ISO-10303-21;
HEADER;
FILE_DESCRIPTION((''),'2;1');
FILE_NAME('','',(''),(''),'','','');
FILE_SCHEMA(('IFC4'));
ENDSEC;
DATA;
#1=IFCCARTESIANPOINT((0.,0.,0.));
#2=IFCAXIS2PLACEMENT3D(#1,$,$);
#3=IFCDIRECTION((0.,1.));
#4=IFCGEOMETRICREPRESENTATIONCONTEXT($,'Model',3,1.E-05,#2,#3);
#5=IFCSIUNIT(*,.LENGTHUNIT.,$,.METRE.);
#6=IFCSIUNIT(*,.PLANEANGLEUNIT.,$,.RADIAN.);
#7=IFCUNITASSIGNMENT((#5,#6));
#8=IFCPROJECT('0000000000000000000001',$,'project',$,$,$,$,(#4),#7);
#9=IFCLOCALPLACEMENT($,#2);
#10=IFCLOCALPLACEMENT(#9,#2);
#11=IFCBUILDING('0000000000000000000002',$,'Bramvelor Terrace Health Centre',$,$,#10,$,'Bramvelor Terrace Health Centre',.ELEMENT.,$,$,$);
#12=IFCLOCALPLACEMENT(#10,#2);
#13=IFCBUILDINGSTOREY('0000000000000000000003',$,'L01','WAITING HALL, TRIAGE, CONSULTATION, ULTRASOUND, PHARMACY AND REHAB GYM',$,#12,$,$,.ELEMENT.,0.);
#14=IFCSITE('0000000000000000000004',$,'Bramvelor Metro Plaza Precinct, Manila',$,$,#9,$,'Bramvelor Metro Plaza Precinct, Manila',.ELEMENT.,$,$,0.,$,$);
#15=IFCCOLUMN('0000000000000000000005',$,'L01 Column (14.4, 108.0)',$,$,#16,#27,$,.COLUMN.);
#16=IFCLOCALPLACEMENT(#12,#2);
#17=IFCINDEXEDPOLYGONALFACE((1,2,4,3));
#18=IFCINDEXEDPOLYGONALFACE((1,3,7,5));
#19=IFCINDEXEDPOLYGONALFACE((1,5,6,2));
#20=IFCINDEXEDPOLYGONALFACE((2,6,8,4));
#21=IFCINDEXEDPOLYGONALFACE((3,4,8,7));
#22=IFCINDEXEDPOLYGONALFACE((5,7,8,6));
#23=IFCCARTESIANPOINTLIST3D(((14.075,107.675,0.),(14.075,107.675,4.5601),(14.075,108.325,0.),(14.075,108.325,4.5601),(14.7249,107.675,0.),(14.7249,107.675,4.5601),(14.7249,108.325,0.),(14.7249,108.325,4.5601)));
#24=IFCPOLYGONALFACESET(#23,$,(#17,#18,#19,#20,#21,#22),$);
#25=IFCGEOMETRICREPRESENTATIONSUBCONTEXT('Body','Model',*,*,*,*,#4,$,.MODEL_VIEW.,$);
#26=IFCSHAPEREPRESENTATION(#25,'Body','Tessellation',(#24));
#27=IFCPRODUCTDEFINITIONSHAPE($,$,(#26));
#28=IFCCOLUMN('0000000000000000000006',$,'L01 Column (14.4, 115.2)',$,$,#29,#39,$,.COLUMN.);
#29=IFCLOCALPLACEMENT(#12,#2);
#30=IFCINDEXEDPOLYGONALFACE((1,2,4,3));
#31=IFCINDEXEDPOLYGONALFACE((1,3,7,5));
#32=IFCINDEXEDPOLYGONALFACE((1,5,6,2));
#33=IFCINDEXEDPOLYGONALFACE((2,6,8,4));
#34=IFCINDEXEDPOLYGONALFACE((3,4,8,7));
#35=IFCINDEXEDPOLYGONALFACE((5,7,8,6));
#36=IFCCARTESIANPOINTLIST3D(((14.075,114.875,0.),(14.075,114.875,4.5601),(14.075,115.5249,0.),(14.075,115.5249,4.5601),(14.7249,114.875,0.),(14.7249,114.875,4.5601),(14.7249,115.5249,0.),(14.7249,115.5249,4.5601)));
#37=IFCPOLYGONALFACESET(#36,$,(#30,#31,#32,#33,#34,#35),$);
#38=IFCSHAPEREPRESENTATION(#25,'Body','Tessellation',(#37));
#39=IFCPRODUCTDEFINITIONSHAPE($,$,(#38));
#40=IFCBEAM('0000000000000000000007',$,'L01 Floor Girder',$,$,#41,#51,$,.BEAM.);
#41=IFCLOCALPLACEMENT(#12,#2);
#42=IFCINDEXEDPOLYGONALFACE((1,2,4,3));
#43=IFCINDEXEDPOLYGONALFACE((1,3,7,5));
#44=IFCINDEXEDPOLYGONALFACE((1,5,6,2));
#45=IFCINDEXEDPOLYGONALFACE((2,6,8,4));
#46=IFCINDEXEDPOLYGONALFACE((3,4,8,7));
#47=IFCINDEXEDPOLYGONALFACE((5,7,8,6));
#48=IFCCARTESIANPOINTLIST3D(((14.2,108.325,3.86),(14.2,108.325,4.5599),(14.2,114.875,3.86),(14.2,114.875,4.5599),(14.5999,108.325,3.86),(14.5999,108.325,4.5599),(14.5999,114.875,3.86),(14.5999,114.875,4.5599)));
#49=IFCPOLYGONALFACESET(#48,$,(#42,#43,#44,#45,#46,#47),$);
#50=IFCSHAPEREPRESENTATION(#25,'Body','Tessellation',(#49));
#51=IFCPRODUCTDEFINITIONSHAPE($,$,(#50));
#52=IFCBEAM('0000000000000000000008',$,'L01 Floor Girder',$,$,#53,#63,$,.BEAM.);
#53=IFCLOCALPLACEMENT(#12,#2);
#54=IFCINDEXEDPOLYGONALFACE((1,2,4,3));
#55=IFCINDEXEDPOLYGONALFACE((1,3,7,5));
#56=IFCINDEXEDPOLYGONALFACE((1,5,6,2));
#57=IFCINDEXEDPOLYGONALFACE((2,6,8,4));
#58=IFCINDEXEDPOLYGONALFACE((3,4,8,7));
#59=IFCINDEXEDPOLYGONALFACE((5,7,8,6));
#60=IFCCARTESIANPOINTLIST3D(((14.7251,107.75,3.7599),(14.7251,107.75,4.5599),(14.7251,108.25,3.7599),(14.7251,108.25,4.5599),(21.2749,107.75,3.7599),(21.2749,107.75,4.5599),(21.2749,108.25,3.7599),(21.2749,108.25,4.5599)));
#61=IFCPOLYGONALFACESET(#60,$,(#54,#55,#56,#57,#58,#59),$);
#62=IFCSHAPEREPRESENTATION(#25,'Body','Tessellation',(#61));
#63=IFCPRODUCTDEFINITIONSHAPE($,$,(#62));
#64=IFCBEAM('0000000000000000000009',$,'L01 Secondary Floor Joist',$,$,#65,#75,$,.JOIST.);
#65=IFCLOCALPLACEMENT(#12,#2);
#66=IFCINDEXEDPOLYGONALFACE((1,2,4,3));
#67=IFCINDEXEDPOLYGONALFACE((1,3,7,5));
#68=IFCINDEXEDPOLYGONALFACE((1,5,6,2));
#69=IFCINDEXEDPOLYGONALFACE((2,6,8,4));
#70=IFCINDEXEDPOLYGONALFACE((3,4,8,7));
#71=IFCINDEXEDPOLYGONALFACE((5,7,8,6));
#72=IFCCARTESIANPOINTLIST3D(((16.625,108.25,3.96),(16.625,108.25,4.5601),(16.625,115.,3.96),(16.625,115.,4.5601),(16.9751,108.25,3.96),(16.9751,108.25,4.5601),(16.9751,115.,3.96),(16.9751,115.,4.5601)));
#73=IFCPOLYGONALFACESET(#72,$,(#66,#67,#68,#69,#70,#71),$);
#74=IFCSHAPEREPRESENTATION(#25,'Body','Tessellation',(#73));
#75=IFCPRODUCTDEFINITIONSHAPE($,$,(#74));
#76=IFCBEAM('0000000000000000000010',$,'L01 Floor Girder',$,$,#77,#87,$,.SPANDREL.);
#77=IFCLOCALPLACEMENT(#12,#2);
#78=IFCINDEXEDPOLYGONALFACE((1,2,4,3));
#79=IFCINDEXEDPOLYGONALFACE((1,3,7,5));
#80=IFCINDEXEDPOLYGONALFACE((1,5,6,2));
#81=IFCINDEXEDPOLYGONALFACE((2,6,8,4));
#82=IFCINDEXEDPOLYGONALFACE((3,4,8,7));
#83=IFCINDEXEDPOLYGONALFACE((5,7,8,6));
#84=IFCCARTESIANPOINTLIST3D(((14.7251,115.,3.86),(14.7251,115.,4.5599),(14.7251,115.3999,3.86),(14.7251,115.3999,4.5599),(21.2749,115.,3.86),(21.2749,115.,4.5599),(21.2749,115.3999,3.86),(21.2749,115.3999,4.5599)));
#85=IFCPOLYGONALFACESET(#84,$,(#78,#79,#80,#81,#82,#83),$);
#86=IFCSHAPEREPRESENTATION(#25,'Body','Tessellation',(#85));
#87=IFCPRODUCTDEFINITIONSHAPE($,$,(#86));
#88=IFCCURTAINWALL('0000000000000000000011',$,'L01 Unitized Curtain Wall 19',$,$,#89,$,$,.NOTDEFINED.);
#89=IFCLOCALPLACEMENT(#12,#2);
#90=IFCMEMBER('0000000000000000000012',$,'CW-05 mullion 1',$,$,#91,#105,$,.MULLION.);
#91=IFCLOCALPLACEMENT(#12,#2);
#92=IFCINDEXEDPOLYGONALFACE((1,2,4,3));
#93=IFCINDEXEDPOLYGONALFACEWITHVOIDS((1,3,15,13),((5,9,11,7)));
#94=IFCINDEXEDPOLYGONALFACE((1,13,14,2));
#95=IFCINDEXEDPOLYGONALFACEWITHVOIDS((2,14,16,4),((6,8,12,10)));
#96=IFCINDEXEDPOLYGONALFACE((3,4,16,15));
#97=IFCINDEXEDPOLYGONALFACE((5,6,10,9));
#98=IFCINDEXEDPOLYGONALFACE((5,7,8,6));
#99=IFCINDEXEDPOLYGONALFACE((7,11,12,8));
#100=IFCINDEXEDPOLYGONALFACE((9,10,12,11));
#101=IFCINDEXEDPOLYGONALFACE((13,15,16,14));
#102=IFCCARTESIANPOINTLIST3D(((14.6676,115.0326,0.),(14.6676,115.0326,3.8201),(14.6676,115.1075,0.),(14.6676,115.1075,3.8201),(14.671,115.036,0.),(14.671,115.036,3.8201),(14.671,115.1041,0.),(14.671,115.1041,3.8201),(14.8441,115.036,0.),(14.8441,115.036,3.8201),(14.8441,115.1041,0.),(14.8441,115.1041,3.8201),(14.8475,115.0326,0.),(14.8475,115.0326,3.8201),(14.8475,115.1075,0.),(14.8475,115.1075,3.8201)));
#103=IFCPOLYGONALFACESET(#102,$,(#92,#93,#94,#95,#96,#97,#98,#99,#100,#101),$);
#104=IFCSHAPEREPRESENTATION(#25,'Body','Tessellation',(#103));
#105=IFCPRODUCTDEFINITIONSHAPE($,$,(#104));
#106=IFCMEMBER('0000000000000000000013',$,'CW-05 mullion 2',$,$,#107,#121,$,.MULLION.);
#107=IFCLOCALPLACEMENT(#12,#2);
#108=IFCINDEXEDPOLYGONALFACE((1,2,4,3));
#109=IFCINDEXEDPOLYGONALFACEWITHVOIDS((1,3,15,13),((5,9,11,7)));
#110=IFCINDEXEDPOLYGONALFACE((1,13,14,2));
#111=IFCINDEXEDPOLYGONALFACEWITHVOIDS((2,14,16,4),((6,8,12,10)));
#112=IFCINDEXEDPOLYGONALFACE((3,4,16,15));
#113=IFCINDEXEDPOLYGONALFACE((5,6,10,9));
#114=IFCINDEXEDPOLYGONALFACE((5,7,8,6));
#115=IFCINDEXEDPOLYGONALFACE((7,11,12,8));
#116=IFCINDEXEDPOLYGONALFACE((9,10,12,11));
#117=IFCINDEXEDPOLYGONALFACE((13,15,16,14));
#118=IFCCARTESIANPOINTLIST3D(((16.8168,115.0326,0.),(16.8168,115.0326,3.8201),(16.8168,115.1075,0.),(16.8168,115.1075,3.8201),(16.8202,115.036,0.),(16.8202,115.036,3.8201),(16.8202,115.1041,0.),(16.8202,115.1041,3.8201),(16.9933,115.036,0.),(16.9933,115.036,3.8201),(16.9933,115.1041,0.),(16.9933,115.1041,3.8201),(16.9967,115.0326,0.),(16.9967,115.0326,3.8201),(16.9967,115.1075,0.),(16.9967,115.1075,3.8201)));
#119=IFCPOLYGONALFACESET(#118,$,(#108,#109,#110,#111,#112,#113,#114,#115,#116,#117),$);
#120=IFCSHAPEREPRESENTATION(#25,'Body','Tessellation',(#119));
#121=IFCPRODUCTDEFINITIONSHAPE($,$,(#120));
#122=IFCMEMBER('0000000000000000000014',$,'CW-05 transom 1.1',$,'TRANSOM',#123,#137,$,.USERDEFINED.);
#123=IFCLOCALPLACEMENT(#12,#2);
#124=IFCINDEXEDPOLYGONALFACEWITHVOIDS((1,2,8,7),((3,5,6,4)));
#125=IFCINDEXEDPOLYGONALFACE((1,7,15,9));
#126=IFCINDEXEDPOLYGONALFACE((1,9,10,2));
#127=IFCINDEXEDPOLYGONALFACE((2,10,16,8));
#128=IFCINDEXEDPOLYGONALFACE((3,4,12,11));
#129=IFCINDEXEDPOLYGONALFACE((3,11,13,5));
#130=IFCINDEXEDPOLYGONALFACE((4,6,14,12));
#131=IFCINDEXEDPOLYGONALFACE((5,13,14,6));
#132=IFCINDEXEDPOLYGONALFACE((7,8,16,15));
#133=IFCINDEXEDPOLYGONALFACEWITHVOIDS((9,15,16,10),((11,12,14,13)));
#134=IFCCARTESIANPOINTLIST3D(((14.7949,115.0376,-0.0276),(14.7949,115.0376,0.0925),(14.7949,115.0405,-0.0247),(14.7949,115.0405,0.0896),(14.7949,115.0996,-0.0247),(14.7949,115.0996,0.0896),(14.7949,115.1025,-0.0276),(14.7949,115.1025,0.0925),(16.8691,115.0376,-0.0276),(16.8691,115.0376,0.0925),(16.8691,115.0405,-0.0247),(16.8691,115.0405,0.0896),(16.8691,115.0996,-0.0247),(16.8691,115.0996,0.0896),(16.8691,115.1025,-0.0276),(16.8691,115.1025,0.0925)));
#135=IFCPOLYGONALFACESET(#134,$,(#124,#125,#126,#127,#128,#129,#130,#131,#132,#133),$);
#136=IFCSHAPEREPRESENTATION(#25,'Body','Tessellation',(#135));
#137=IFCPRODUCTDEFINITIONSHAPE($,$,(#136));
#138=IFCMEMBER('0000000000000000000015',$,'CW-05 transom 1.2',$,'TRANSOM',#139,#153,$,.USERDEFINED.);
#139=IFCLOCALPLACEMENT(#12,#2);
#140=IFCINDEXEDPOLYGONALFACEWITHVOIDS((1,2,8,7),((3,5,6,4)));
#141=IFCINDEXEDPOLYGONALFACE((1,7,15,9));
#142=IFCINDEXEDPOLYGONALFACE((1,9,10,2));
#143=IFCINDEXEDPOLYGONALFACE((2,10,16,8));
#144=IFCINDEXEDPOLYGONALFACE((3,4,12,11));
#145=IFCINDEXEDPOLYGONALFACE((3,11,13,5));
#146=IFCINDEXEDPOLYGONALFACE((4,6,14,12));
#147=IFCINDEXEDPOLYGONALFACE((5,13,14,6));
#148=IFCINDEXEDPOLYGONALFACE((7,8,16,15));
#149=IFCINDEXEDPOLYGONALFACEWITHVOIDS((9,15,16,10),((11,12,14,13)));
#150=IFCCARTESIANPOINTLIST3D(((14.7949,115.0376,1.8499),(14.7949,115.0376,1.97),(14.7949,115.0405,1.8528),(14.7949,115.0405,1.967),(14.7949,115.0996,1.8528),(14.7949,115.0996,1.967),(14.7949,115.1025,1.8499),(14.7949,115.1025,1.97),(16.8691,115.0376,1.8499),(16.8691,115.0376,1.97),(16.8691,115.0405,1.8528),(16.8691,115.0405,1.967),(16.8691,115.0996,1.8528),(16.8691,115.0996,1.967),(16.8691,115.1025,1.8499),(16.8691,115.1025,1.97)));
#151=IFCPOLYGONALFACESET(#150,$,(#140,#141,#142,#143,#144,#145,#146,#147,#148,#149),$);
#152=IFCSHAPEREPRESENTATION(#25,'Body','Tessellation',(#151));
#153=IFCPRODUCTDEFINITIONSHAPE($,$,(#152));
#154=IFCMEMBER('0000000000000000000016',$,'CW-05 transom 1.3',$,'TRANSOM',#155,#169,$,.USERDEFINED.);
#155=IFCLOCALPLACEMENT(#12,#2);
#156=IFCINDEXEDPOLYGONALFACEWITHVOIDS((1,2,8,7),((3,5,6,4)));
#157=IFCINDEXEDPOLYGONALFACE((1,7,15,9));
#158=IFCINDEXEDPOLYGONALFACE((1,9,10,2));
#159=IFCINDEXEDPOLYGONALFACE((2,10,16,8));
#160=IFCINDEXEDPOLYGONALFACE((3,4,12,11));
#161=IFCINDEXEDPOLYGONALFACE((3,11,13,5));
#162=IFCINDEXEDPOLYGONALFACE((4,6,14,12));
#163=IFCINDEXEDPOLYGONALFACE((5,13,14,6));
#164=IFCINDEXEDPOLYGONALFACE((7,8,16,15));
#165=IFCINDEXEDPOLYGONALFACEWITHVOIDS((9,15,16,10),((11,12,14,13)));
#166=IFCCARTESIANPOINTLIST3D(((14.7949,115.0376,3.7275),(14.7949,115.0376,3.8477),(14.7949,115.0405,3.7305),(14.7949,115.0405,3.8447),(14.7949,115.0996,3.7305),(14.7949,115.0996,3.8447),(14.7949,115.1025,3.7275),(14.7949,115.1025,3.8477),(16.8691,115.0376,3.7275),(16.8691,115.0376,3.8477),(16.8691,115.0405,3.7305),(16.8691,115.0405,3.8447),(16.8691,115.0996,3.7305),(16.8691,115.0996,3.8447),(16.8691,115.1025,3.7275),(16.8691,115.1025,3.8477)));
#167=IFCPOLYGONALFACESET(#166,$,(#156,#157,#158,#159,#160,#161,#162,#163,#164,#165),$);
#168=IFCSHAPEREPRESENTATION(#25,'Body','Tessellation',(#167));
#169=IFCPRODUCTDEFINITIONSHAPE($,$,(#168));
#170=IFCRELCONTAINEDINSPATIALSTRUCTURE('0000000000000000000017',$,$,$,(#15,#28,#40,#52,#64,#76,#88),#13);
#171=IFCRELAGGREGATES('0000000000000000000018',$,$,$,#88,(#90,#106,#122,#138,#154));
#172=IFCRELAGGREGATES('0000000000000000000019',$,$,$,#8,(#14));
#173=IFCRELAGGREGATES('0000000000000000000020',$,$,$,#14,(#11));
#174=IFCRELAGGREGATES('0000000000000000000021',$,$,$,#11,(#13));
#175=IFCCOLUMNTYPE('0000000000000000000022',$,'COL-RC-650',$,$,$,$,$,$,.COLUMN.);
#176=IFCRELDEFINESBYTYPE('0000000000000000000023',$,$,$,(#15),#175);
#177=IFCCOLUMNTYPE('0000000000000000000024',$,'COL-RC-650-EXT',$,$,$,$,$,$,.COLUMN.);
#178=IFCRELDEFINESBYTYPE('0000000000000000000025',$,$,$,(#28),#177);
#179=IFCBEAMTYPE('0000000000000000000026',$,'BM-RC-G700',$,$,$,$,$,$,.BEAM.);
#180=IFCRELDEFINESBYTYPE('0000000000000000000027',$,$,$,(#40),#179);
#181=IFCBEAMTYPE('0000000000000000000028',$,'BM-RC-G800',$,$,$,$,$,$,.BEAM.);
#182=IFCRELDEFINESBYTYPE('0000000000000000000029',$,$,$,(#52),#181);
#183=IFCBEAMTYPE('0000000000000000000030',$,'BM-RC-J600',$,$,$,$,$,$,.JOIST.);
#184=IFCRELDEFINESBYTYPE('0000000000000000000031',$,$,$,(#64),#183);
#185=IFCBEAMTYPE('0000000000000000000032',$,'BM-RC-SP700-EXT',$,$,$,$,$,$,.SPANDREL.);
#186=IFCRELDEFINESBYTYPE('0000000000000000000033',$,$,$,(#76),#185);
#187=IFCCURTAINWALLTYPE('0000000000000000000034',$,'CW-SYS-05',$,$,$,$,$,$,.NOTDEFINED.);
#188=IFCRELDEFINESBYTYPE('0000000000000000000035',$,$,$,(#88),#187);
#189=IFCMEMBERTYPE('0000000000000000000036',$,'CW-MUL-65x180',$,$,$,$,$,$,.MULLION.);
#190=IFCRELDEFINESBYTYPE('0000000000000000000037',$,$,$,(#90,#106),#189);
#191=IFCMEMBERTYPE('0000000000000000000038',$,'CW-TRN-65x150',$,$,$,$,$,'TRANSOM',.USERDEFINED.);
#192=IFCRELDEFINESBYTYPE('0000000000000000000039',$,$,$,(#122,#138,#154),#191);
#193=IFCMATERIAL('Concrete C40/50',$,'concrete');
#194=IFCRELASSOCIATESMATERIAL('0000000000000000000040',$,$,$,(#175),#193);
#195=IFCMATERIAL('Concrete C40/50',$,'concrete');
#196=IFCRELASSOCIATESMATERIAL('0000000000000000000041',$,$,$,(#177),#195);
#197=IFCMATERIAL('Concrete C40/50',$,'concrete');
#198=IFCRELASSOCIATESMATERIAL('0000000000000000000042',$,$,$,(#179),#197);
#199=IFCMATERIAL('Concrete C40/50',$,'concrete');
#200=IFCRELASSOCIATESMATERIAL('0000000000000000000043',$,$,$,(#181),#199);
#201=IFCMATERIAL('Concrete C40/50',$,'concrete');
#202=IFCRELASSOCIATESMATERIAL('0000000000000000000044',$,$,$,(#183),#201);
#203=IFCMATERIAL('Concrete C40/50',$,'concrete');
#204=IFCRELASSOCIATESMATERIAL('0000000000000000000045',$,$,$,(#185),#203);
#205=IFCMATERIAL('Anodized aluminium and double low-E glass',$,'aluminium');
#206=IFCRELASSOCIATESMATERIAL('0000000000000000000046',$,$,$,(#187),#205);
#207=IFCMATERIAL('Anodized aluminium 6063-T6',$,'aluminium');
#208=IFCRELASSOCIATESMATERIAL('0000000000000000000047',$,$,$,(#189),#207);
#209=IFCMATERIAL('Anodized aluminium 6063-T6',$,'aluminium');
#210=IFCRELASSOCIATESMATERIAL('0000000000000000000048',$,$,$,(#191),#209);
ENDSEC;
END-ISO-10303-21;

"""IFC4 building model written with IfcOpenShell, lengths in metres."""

from ifc_helpers import new_model, si_unit, direction, frame, origin, origin_2d, place, context, subcontext, project, spatial, rectangle, hollow_rectangle, extrude, material, material_profile, profile_set, type_object, element, aggregate, save


model = new_model("IFC4")

# Units and contexts
model_context = context("Model", 3, precision=1e-05, world=origin(), true_north=direction((0.0, 1.0)))
body_context = subcontext(model_context, "Body", "Model", "MODEL_VIEW")
ifc_project = project(units=[si_unit("LENGTHUNIT", "METRE"), si_unit("PLANEANGLEUNIT", "RADIAN")], contexts=[model_context])

# Site, building, storey
site_placement = place(None, origin())
site = spatial("IfcSite", under=ifc_project, at=site_placement, Name="Bramvelor Metro Plaza Precinct, Manila", LongName="Bramvelor Metro Plaza Precinct, Manila", CompositionType="ELEMENT", RefElevation=0.0)
building_placement = place(site_placement, origin())
building = spatial("IfcBuilding", under=site, at=building_placement, Name="Bramvelor Terrace Health Centre", LongName="Bramvelor Terrace Health Centre", CompositionType="ELEMENT")
storey_placement = place(building_placement, origin())
storey = spatial("IfcBuildingStorey", under=building, at=storey_placement, Name="L01", Description="WAITING HALL, TRIAGE, CONSULTATION, ULTRASOUND, PHARMACY AND REHAB GYM", CompositionType="ELEMENT", Elevation=0.0)

# Columns
ifc_material_1 = material(Name="Concrete C40/50", Category="concrete")
ifc_material_profile_1 = material_profile(ifc_material_1, rectangle(XDim=0.6499, YDim=0.6499, at=origin_2d()), Name="RC 650x650")
ifc_profile_set_1 = profile_set([ifc_material_profile_1], Name="Concrete C40/50")
column_type_1 = type_object("IfcColumnType", Name="COL-RC-650", PredefinedType="COLUMN", material=ifc_profile_set_1)
column_1_placement = place(storey_placement, frame((14.3999, 108.0, 0.0), z_axis=(0.0, 0.0, 1.0), x_axis=(1.0, 0.0, 0.0)))
element("IfcColumn", 1, at=column_1_placement, inside=storey, type_object=column_type_1, Name="L01 Column (14.4, 108.0)", PredefinedType="COLUMN", context=body_context, shape_type="SweptSolid", body=[
    extrude(rectangle(XDim=0.6499, YDim=0.6499, at=origin_2d()), origin(), (0.0, 0.0, 1.0), 4.5601),
])
ifc_material_2 = material(Name="Concrete C40/50", Category="concrete")
ifc_material_profile_2 = material_profile(ifc_material_2, rectangle(XDim=0.6499, YDim=0.6499, at=origin_2d()), Name="RC 650x650")
ifc_profile_set_2 = profile_set([ifc_material_profile_2], Name="Concrete C40/50")
column_type_2 = type_object("IfcColumnType", Name="COL-RC-650-EXT", PredefinedType="COLUMN", material=ifc_profile_set_2)
column_2_placement = place(storey_placement, frame((14.3999, 115.2, 0.0), z_axis=(0.0, 0.0, 1.0), x_axis=(1.0, 0.0, 0.0)))
element("IfcColumn", 2, at=column_2_placement, inside=storey, type_object=column_type_2, Name="L01 Column (14.4, 115.2)", PredefinedType="COLUMN", context=body_context, shape_type="SweptSolid", body=[
    extrude(rectangle(XDim=0.6499, YDim=0.6499, at=origin_2d()), origin(), (0.0, 0.0, 1.0), 4.5601),
])

# Beams
ifc_material_3 = material(Name="Concrete C40/50", Category="concrete")
ifc_material_profile_3 = material_profile(ifc_material_3, rectangle(XDim=0.3999, YDim=0.7, at=origin_2d()), Name="RC 400x700")
ifc_profile_set_3 = profile_set([ifc_material_profile_3], Name="Concrete C40/50")
beam_type_1 = type_object("IfcBeamType", Name="BM-RC-G700", PredefinedType="BEAM", material=ifc_profile_set_3)
beam_1_placement = place(storey_placement, frame((14.3999, 108.325, 4.21), z_axis=(0.0, 1.0, 0.0), x_axis=(-1.0, 0.0, 0.0)))
element("IfcBeam", 3, at=beam_1_placement, inside=storey, type_object=beam_type_1, Name="L01 Floor Girder", PredefinedType="BEAM", context=body_context, shape_type="SweptSolid", body=[
    extrude(rectangle(XDim=0.3999, YDim=0.7, at=origin_2d()), origin(), (0.0, 0.0, 1.0), 6.55),
])
ifc_material_4 = material(Name="Concrete C40/50", Category="concrete")
ifc_material_profile_4 = material_profile(ifc_material_4, rectangle(XDim=0.5, YDim=0.8, at=origin_2d()), Name="RC 500x800")
ifc_profile_set_4 = profile_set([ifc_material_profile_4], Name="Concrete C40/50")
beam_type_2 = type_object("IfcBeamType", Name="BM-RC-G800", PredefinedType="BEAM", material=ifc_profile_set_4)
beam_2_placement = place(storey_placement, frame((14.7251, 108.0, 4.1599), z_axis=(1.0, 0.0, 0.0), x_axis=(0.0, 1.0, 0.0)))
element("IfcBeam", 4, at=beam_2_placement, inside=storey, type_object=beam_type_2, Name="L01 Floor Girder", PredefinedType="BEAM", context=body_context, shape_type="SweptSolid", body=[
    extrude(rectangle(XDim=0.5, YDim=0.8, at=origin_2d()), origin(), (0.0, 0.0, 1.0), 6.5498),
])
ifc_material_5 = material(Name="Concrete C40/50", Category="concrete")
ifc_material_profile_5 = material_profile(ifc_material_5, rectangle(XDim=0.3501, YDim=0.6001, at=origin_2d()), Name="RC 350x600")
ifc_profile_set_5 = profile_set([ifc_material_profile_5], Name="Concrete C40/50")
beam_type_3 = type_object("IfcBeamType", Name="BM-RC-J600", PredefinedType="JOIST", material=ifc_profile_set_5)
beam_3_placement = place(storey_placement, frame((16.8, 108.25, 4.26), z_axis=(0.0, 1.0, 0.0), x_axis=(-1.0, 0.0, 0.0)))
element("IfcBeam", 5, at=beam_3_placement, inside=storey, type_object=beam_type_3, Name="L01 Secondary Floor Joist", PredefinedType="JOIST", context=body_context, shape_type="SweptSolid", body=[
    extrude(rectangle(XDim=0.3501, YDim=0.6001, at=origin_2d()), origin(), (0.0, 0.0, 1.0), 6.75),
])
ifc_material_6 = material(Name="Concrete C40/50", Category="concrete")
ifc_material_profile_6 = material_profile(ifc_material_6, rectangle(XDim=0.3999, YDim=0.7, at=origin_2d()), Name="RC 400x700")
ifc_profile_set_6 = profile_set([ifc_material_profile_6], Name="Concrete C40/50")
beam_type_4 = type_object("IfcBeamType", Name="BM-RC-SP700-EXT", PredefinedType="SPANDREL", material=ifc_profile_set_6)
beam_4_placement = place(storey_placement, frame((14.7251, 115.2, 4.21), z_axis=(1.0, 0.0, 0.0), x_axis=(0.0, 1.0, 0.0)))
element("IfcBeam", 6, at=beam_4_placement, inside=storey, type_object=beam_type_4, Name="L01 Floor Girder", PredefinedType="SPANDREL", context=body_context, shape_type="SweptSolid", body=[
    extrude(rectangle(XDim=0.3999, YDim=0.7, at=origin_2d()), origin(), (0.0, 0.0, 1.0), 6.5498),
])

# Curtain wall, members
ifc_material_7 = material(Name="Anodized aluminium and double low-E glass", Category="aluminium")
curtain_wall_type = type_object("IfcCurtainWallType", Name="CW-SYS-05", PredefinedType="NOTDEFINED", material=ifc_material_7)
curtain_wall_placement = place(storey_placement, origin())
curtain_wall = element("IfcCurtainWall", 7, at=curtain_wall_placement, inside=storey, type_object=curtain_wall_type, Name="L01 Unitized Curtain Wall 19", PredefinedType="NOTDEFINED")
ifc_material_8 = material(Name="Anodized aluminium 6063-T6", Category="aluminium")
ifc_material_profile_7 = material_profile(ifc_material_8, hollow_rectangle(XDim=0.075, YDim=0.1799, WallThickness=0.0034, at=origin_2d()), Name="ALU-MUL 75x180x3.5")
ifc_profile_set_7 = profile_set([ifc_material_profile_7], Name="Anodized aluminium 6063-T6")
member_type_1 = type_object("IfcMemberType", Name="CW-MUL-65x180", PredefinedType="MULLION", material=ifc_profile_set_7)
member_1_placement = place(storey_placement, frame((14.7576, 115.0701, 0.0), z_axis=(0.0, 0.0, 1.0), x_axis=(0.0, 1.0, 0.0)))
member_1 = element("IfcMember", 8, at=member_1_placement, type_object=member_type_1, Name="CW-05 mullion 1", PredefinedType="MULLION", context=body_context, shape_type="SweptSolid", body=[
    extrude(hollow_rectangle(XDim=0.075, YDim=0.1799, WallThickness=0.0034, at=origin_2d()), origin(), (0.0, 0.0, 1.0), 3.8201),
])
member_2_placement = place(storey_placement, frame((16.9067, 115.0701, 0.0), z_axis=(0.0, 0.0, 1.0), x_axis=(0.0, 1.0, 0.0)))
member_2 = element("IfcMember", 9, at=member_2_placement, type_object=member_type_1, Name="CW-05 mullion 2", PredefinedType="MULLION", context=body_context, shape_type="SweptSolid", body=[
    extrude(hollow_rectangle(XDim=0.075, YDim=0.1799, WallThickness=0.0034, at=origin_2d()), origin(), (0.0, 0.0, 1.0), 3.8201),
])
ifc_material_9 = material(Name="Anodized aluminium 6063-T6", Category="aluminium")
ifc_material_profile_8 = material_profile(ifc_material_9, hollow_rectangle(XDim=0.0649, YDim=0.1201, WallThickness=0.0029, at=origin_2d()), Name="ALU-TRN 65x120x3.0")
ifc_profile_set_8 = profile_set([ifc_material_profile_8], Name="Anodized aluminium 6063-T6")
member_type_2 = type_object("IfcMemberType", Name="CW-TRN-65x150", ElementType="TRANSOM", PredefinedType="USERDEFINED", material=ifc_profile_set_8)
member_3_placement = place(storey_placement, frame((14.7949, 115.0701, 0.0325), z_axis=(1.0, 0.0, 0.0), x_axis=(0.0, 1.0, 0.0)))
member_3 = element("IfcMember", 10, at=member_3_placement, type_object=member_type_2, Name="CW-05 transom 1.1", ObjectType="TRANSOM", PredefinedType="USERDEFINED", context=body_context, shape_type="SweptSolid", body=[
    extrude(hollow_rectangle(XDim=0.0649, YDim=0.1201, WallThickness=0.0029, at=origin_2d()), origin(), (0.0, 0.0, 1.0), 2.0742),
])
member_4_placement = place(storey_placement, frame((14.7949, 115.0701, 1.9099), z_axis=(1.0, 0.0, 0.0), x_axis=(0.0, 1.0, 0.0)))
member_4 = element("IfcMember", 11, at=member_4_placement, type_object=member_type_2, Name="CW-05 transom 1.2", ObjectType="TRANSOM", PredefinedType="USERDEFINED", context=body_context, shape_type="SweptSolid", body=[
    extrude(hollow_rectangle(XDim=0.0649, YDim=0.1201, WallThickness=0.0029, at=origin_2d()), origin(), (0.0, 0.0, 1.0), 2.0742),
])
member_5_placement = place(storey_placement, frame((14.7949, 115.0701, 3.7876), z_axis=(1.0, 0.0, 0.0), x_axis=(0.0, 1.0, 0.0)))
member_5 = element("IfcMember", 12, at=member_5_placement, type_object=member_type_2, Name="CW-05 transom 1.3", ObjectType="TRANSOM", PredefinedType="USERDEFINED", context=body_context, shape_type="SweptSolid", body=[
    extrude(hollow_rectangle(XDim=0.0649, YDim=0.1201, WallThickness=0.0029, at=origin_2d()), origin(), (0.0, 0.0, 1.0), 2.0742),
])
aggregate(curtain_wall, [member_1, member_2, member_3, member_4, member_5])

save(model, "model.ifc")
